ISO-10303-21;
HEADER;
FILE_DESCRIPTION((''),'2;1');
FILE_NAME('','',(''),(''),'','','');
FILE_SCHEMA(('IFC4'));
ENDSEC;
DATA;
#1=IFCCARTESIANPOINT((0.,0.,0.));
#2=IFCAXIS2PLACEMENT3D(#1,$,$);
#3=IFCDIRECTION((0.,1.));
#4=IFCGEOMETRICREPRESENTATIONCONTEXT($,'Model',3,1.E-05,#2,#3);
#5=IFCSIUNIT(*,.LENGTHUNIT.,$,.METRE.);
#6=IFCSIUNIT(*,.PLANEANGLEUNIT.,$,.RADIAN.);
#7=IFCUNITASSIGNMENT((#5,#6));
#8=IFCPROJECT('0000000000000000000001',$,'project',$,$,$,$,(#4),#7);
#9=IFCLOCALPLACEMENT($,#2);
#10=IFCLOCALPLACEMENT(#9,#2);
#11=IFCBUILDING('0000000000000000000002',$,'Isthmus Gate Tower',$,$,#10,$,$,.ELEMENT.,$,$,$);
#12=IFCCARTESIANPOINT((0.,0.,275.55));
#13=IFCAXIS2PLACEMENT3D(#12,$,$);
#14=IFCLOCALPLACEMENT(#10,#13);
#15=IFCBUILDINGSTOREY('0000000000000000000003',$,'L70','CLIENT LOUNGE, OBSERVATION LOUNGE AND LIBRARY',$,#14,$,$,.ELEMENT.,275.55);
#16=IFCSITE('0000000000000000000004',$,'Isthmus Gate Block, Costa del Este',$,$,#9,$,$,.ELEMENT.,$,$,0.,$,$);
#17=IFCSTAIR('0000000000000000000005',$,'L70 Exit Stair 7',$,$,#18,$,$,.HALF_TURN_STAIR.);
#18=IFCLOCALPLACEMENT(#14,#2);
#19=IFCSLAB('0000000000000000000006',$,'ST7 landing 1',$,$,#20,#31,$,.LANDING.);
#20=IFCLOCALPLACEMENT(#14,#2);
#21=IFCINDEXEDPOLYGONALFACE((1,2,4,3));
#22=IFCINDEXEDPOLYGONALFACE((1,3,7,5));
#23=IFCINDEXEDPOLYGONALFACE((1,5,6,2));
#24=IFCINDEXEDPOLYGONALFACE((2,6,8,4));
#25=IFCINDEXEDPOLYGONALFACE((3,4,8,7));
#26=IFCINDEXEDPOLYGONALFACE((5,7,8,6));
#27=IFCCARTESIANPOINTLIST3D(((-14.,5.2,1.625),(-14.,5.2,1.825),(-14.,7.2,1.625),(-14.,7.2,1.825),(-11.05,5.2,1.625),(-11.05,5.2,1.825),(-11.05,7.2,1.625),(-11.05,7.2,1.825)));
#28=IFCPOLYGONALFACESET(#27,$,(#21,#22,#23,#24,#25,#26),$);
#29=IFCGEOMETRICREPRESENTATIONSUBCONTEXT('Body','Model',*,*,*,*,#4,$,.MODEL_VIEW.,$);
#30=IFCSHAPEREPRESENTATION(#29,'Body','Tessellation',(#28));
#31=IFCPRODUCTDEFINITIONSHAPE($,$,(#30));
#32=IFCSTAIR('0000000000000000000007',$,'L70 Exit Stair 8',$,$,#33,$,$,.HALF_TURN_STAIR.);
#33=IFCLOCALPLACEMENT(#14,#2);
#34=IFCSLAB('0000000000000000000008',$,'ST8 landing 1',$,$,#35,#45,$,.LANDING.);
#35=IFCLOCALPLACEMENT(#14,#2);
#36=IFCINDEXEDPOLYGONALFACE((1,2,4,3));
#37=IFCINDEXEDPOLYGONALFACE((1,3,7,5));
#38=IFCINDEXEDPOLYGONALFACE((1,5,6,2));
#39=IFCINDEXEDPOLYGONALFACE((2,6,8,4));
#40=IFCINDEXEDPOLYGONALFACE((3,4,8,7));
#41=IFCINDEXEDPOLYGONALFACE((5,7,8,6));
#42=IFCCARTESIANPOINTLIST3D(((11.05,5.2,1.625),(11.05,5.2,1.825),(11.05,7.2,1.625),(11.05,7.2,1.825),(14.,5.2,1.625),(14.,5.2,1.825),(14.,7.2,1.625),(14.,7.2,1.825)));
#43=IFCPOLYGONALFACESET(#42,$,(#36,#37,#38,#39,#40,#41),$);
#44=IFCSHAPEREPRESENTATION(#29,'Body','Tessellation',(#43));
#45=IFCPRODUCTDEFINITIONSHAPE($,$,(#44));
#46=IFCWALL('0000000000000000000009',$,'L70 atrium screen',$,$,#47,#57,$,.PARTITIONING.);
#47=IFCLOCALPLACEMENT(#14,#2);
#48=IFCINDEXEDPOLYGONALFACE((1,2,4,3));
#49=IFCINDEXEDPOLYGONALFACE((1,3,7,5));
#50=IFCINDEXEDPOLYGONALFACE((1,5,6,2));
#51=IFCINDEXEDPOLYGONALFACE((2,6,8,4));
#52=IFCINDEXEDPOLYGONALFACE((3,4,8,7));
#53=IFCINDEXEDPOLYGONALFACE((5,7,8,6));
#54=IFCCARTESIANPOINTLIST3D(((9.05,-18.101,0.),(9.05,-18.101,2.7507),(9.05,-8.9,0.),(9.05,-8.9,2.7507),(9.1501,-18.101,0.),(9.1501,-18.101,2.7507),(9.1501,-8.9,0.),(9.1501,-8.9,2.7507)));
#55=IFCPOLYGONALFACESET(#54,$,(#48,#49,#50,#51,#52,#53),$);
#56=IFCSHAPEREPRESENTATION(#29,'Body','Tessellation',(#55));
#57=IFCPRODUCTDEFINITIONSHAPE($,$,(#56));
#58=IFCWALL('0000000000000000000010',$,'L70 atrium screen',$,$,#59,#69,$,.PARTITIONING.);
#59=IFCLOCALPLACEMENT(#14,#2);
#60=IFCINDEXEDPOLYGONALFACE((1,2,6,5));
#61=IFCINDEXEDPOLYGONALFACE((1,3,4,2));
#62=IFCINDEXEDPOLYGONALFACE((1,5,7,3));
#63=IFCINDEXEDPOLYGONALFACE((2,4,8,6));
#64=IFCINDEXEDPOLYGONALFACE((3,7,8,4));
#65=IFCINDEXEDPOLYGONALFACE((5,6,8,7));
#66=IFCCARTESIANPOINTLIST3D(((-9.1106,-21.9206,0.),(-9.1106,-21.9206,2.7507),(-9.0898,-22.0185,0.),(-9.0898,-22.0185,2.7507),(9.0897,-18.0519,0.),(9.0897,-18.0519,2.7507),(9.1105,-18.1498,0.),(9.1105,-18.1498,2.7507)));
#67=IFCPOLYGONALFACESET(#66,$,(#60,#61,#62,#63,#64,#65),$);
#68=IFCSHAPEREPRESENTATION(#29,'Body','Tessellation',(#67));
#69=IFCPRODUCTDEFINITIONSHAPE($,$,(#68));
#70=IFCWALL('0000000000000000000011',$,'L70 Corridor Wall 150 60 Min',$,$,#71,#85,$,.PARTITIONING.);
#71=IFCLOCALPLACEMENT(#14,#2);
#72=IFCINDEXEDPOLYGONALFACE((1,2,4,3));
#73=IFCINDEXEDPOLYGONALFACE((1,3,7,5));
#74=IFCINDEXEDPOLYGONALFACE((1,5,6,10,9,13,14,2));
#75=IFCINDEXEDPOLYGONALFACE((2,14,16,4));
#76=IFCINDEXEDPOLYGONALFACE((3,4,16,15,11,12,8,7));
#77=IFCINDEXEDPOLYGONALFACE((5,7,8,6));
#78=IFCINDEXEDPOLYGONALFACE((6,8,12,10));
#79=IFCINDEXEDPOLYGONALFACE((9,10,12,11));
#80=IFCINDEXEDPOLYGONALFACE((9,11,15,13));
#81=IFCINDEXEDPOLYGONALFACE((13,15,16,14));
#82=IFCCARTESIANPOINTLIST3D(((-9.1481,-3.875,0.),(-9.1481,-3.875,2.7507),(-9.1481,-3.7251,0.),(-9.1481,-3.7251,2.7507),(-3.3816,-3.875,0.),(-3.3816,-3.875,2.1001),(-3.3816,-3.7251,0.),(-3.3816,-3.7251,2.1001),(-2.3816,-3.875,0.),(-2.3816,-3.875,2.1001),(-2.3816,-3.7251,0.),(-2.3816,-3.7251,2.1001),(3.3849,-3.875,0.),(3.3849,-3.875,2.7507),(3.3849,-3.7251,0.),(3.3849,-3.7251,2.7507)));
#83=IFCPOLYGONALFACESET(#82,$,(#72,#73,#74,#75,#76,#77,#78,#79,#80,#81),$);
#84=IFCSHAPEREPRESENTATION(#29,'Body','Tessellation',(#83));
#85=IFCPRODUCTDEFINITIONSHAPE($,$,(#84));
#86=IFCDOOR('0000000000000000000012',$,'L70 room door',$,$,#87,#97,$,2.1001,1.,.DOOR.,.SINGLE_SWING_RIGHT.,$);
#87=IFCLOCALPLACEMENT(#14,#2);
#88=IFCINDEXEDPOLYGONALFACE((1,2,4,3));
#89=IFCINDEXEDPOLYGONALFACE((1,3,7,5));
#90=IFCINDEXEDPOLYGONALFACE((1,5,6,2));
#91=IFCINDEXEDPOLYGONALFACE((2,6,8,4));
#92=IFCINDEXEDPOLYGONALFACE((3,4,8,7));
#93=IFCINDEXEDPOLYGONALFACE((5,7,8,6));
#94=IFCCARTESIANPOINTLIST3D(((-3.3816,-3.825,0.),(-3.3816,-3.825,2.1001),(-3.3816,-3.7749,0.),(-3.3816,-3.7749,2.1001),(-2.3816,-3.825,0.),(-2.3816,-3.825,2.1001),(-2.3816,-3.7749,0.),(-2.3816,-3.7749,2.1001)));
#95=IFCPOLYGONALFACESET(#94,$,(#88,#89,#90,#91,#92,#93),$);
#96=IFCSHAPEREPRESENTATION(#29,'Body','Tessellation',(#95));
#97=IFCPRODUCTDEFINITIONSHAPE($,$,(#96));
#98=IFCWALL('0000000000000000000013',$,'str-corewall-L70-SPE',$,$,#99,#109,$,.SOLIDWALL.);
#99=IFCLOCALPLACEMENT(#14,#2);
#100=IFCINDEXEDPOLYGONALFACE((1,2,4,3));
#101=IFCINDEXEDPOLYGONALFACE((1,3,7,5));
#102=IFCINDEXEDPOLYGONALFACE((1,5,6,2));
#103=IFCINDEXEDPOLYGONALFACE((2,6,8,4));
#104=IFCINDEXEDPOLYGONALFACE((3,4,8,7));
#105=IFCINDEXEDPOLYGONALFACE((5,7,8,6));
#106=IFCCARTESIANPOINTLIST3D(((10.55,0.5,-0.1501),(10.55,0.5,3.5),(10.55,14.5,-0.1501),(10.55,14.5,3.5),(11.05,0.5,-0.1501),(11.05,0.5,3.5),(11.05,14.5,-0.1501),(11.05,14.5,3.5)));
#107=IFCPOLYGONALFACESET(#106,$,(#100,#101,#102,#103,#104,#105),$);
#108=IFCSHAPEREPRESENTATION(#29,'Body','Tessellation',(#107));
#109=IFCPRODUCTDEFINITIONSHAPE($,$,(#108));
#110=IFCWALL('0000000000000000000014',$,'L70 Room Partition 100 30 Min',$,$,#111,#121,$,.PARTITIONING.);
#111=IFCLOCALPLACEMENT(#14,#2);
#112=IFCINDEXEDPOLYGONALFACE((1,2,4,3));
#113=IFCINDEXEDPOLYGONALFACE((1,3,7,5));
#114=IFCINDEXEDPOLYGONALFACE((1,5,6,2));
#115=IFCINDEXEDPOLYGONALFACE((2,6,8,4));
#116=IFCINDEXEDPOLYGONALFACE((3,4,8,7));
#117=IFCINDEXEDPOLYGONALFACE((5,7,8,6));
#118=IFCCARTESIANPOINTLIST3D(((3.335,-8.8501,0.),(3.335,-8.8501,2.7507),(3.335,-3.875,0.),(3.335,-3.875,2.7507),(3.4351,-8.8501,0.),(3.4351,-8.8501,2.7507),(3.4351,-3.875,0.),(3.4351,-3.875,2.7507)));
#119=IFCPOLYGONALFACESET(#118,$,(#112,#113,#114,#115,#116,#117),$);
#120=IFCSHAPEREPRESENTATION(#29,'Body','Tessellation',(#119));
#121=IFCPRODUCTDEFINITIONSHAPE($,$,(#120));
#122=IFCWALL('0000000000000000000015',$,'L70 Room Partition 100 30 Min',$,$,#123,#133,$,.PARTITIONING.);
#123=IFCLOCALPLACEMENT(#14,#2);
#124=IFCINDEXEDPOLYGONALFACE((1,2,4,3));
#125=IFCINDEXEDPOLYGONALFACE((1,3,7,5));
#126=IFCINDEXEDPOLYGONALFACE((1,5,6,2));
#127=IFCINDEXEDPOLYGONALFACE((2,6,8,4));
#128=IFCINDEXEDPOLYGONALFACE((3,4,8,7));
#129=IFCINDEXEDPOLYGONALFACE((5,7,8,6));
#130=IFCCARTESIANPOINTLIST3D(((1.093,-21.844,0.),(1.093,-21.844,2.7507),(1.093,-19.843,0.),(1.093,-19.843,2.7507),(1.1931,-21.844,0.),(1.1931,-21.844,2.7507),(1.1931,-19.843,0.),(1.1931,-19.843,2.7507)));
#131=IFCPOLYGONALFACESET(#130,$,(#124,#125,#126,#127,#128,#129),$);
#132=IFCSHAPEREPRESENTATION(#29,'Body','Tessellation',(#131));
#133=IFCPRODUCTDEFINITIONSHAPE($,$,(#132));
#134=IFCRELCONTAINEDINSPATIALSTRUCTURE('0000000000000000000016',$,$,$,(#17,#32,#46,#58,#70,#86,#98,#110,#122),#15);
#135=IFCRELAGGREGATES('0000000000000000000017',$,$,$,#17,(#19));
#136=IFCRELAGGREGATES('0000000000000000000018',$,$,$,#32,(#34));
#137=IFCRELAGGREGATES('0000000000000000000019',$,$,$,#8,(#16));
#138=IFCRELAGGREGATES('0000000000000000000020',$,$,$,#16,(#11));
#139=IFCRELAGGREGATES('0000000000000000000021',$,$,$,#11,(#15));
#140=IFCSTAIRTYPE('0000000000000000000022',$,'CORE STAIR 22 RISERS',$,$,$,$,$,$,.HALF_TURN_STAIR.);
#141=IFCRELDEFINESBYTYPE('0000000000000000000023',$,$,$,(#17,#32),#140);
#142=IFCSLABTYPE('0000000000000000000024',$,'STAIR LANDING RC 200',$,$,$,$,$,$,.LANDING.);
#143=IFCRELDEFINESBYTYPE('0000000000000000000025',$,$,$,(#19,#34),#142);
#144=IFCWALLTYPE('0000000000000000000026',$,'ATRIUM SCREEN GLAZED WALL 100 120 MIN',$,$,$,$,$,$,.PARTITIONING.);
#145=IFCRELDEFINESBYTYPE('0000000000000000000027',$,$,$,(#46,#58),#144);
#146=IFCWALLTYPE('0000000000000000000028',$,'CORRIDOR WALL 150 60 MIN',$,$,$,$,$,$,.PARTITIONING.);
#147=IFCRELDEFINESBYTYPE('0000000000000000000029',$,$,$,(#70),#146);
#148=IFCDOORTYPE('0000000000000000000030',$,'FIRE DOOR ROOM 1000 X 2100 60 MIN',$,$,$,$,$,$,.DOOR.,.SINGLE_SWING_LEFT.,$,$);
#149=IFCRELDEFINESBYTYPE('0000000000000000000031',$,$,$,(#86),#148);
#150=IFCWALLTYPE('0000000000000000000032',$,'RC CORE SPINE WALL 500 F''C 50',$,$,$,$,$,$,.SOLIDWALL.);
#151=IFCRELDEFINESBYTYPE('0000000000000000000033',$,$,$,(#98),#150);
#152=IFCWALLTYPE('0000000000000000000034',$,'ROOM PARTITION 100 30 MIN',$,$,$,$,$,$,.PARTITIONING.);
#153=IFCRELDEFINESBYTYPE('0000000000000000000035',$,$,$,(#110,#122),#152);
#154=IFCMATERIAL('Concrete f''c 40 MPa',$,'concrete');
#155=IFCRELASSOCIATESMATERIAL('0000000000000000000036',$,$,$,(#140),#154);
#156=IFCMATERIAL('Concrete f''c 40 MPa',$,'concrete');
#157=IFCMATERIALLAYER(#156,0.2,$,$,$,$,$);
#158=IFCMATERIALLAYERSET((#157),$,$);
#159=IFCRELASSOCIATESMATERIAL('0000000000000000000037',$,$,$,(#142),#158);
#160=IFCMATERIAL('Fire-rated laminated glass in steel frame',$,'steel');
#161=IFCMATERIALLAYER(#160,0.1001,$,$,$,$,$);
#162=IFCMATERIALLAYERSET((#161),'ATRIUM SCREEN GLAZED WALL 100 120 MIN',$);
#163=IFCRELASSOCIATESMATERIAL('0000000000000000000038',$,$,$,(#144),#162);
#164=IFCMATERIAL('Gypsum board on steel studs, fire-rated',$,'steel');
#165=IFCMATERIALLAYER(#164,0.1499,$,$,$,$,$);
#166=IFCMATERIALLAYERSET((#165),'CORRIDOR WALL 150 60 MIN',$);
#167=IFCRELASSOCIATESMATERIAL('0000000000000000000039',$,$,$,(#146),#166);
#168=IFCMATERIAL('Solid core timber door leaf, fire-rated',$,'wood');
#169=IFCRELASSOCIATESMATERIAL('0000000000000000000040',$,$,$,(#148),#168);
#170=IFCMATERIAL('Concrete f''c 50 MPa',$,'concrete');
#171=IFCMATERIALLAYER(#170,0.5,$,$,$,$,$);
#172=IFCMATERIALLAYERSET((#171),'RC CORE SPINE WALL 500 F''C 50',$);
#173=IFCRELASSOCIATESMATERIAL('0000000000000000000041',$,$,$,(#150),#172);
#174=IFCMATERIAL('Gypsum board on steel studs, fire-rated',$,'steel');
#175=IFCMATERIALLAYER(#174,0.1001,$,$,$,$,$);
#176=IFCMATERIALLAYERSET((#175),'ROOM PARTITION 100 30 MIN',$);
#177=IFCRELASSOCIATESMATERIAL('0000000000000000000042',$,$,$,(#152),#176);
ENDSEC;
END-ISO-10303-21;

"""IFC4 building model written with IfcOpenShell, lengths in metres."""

from ifc_helpers import new_model, si_unit, direction, frame, frame_2d, origin, place, context, subcontext, project, spatial, polyline, rectangle, outline, extrude, material, layer, layer_set, type_object, element, fill, aggregate, save


model = new_model("IFC4")

# Units and contexts
model_context = context("Model", 3, precision=1e-05, world=origin(), true_north=direction((0.0, 1.0)))
body_context = subcontext(model_context, "Body", "Model", "MODEL_VIEW")
ifc_project = project(units=[si_unit("LENGTHUNIT", "METRE"), si_unit("PLANEANGLEUNIT", "RADIAN")], contexts=[model_context])

# Site, building, storey
site_placement = place(None, origin())
site = spatial("IfcSite", under=ifc_project, at=site_placement, Name="Isthmus Gate Block, Costa del Este", CompositionType="ELEMENT", RefElevation=0.0)
building_placement = place(site_placement, origin())
building = spatial("IfcBuilding", under=site, at=building_placement, Name="Isthmus Gate Tower", CompositionType="ELEMENT")
storey_placement = place(building_placement, frame((0.0, 0.0, 275.55)))
storey = spatial("IfcBuildingStorey", under=building, at=storey_placement, Name="L70", Description="CLIENT LOUNGE, OBSERVATION LOUNGE AND LIBRARY", CompositionType="ELEMENT", Elevation=275.55)

# Stairs, slabs
ifc_material_1 = material(Name="Concrete f'c 40 MPa", Category="concrete")
stair_type = type_object("IfcStairType", Name="CORE STAIR 22 RISERS", PredefinedType="HALF_TURN_STAIR", material=ifc_material_1)
ifc_material_2 = material(Name="Concrete f'c 40 MPa", Category="concrete")
ifc_layer_1 = layer(ifc_material_2, 0.2)
ifc_layer_set_1 = layer_set([ifc_layer_1])
slab_type_1 = type_object("IfcSlabType", Name="STAIR LANDING RC 200", PredefinedType="LANDING", material=ifc_layer_set_1)
stair_1_placement = place(storey_placement, origin())
stair_1 = element("IfcStair", 1, at=stair_1_placement, inside=storey, type_object=stair_type, Name="L70 Exit Stair 7", PredefinedType="HALF_TURN_STAIR")
slab_1_placement = place(storey_placement, frame((0.0, 0.0, 1.625)))
slab_1 = element("IfcSlab", 2, at=slab_1_placement, type_object=slab_type_1, Name="ST7 landing 1", PredefinedType="LANDING", context=body_context, shape_type="SweptSolid", body=[
    extrude(outline(polyline([(-11.05, 5.2), (-11.05, 7.2), (-14.0, 7.2), (-14.0, 5.2), (-11.05, 5.2)])), origin(), (0.0, 0.0, 1.0), 0.2),
])
aggregate(stair_1, [slab_1])
stair_2_placement = place(storey_placement, origin())
stair_2 = element("IfcStair", 3, at=stair_2_placement, inside=storey, type_object=stair_type, Name="L70 Exit Stair 8", PredefinedType="HALF_TURN_STAIR")
slab_2_placement = place(storey_placement, frame((0.0, 0.0, 1.625)))
slab_2 = element("IfcSlab", 4, at=slab_2_placement, type_object=slab_type_1, Name="ST8 landing 1", PredefinedType="LANDING", context=body_context, shape_type="SweptSolid", body=[
    extrude(outline(polyline([(14.0, 5.2), (14.0, 7.2), (11.05, 7.2), (11.05, 5.2), (14.0, 5.2)])), origin(), (0.0, 0.0, 1.0), 0.2),
])
aggregate(stair_2, [slab_2])

# Walls
ifc_material_3 = material(Name="Fire-rated laminated glass in steel frame", Category="steel")
ifc_layer_2 = layer(ifc_material_3, 0.1001)
ifc_layer_set_2 = layer_set([ifc_layer_2], Name="ATRIUM SCREEN GLAZED WALL 100 120 MIN")
wall_type_1 = type_object("IfcWallType", Name="ATRIUM SCREEN GLAZED WALL 100 120 MIN", PredefinedType="PARTITIONING", material=ifc_layer_set_2)
wall_1_placement = place(storey_placement, frame((9.1001, -8.8999, 0.0), z_axis=(0.0, 0.0, 1.0), x_axis=(0.0, -1.0, 0.0)))
element("IfcWall", 5, at=wall_1_placement, inside=storey, type_object=wall_type_1, Name="L70 atrium screen", PredefinedType="PARTITIONING", context=body_context, shape_type="SweptSolid", body=[
    extrude(rectangle(XDim=9.2009, YDim=0.1001, at=frame_2d((4.6006, 0.0))), origin(), (0.0, 0.0, 1.0), 2.7507),
])
wall_2_placement = place(storey_placement, frame((9.1001, -18.1008, 0.0), z_axis=(0.0, 0.0, 1.0), x_axis=(-0.978147, -0.207916, 0.0)))
element("IfcWall", 6, at=wall_2_placement, inside=storey, type_object=wall_type_1, Name="L70 atrium screen", PredefinedType="PARTITIONING", context=body_context, shape_type="SweptSolid", body=[
    extrude(rectangle(XDim=18.6069, YDim=0.1001, at=frame_2d((9.3035, 0.0))), origin(), (0.0, 0.0, 1.0), 2.7507),
])

# Wall, opening, door
ifc_material_4 = material(Name="Gypsum board on steel studs, fire-rated", Category="steel")
ifc_layer_3 = layer(ifc_material_4, 0.1499)
ifc_layer_set_3 = layer_set([ifc_layer_3], Name="CORRIDOR WALL 150 60 MIN")
wall_type_2 = type_object("IfcWallType", Name="CORRIDOR WALL 150 60 MIN", PredefinedType="PARTITIONING", material=ifc_layer_set_3)
wall_3_placement = place(storey_placement, frame((3.385, -3.8, 0.0), z_axis=(0.0, 0.0, 1.0), x_axis=(-1.0, 0.0, 0.0)))
wall_3 = element("IfcWall", 7, at=wall_3_placement, inside=storey, type_object=wall_type_2, Name="L70 Corridor Wall 150 60 Min", PredefinedType="PARTITIONING", context=body_context, shape_type="SweptSolid", body=[
    extrude(rectangle(XDim=12.533, YDim=0.1499, at=frame_2d((6.2666, 0.0))), origin(), (0.0, 0.0, 1.0), 2.7507),
])
opening_placement = place(wall_3_placement, frame((5.7666, 0.0, 0.0)))
opening = element("IfcOpeningElement", 8, at=opening_placement, cuts=wall_3, PredefinedType="OPENING", context=body_context, shape_type="SweptSolid", body=[
    extrude(rectangle(XDim=1.0, YDim=2.1001, at=frame_2d((0.5, 1.05))), frame((0.0, 0.085, 0.0), z_axis=(0.0, -1.0, 0.0), x_axis=(1.0, 0.0, 0.0)), (0.0, 0.0, 1.0), 0.1699),
])
ifc_material_5 = material(Name="Solid core timber door leaf, fire-rated", Category="wood")
door_type = type_object("IfcDoorType", Name="FIRE DOOR ROOM 1000 X 2100 60 MIN", OperationType="SINGLE_SWING_LEFT", PredefinedType="DOOR", material=ifc_material_5)
door_placement = place(opening_placement, origin())
door = element("IfcDoor", 9, at=door_placement, inside=storey, type_object=door_type, Name="L70 room door", OperationType="SINGLE_SWING_RIGHT", OverallHeight=2.1001, OverallWidth=1.0, PredefinedType="DOOR", context=body_context, shape_type="SweptSolid", body=[
    extrude(rectangle(XDim=1.0, YDim=2.1001, at=frame_2d((0.5, 1.05))), frame((0.0, 0.0249, 0.0), z_axis=(0.0, -1.0, 0.0), x_axis=(1.0, 0.0, 0.0)), (0.0, 0.0, 1.0), 0.05),
])
fill(opening, door)

# Walls
ifc_material_6 = material(Name="Concrete f'c 50 MPa", Category="concrete")
ifc_layer_4 = layer(ifc_material_6, 0.5)
ifc_layer_set_4 = layer_set([ifc_layer_4], Name="RC CORE SPINE WALL 500 F'C 50")
wall_type_3 = type_object("IfcWallType", Name="RC CORE SPINE WALL 500 F'C 50", PredefinedType="SOLIDWALL", material=ifc_layer_set_4)
wall_4_placement = place(storey_placement, frame((10.8, 0.5, -0.1501), z_axis=(0.0, 0.0, 1.0), x_axis=(0.0, 1.0, 0.0)))
element("IfcWall", 10, at=wall_4_placement, inside=storey, type_object=wall_type_3, Name="str-corewall-L70-SPE", PredefinedType="SOLIDWALL", context=body_context, shape_type="SweptSolid", body=[
    extrude(rectangle(XDim=14.0, YDim=0.5, at=frame_2d((7.0, 0.0))), origin(), (0.0, 0.0, 1.0), 3.6501),
])
ifc_material_7 = material(Name="Gypsum board on steel studs, fire-rated", Category="steel")
ifc_layer_5 = layer(ifc_material_7, 0.1001)
ifc_layer_set_5 = layer_set([ifc_layer_5], Name="ROOM PARTITION 100 30 MIN")
wall_type_4 = type_object("IfcWallType", Name="ROOM PARTITION 100 30 MIN", PredefinedType="PARTITIONING", material=ifc_layer_set_5)
wall_5_placement = place(storey_placement, frame((3.385, -8.8501, 0.0), z_axis=(0.0, 0.0, 1.0), x_axis=(0.0, 1.0, 0.0)))
element("IfcWall", 11, at=wall_5_placement, inside=storey, type_object=wall_type_4, Name="L70 Room Partition 100 30 Min", PredefinedType="PARTITIONING", context=body_context, shape_type="SweptSolid", body=[
    extrude(rectangle(XDim=4.9751, YDim=0.1001, at=frame_2d((2.4875, 0.0))), origin(), (0.0, 0.0, 1.0), 2.7507),
])
wall_6_placement = place(storey_placement, frame((1.1431, -21.844, 0.0), z_axis=(0.0, 0.0, 1.0), x_axis=(0.0, 1.0, 0.0)))
element("IfcWall", 12, at=wall_6_placement, inside=storey, type_object=wall_type_4, Name="L70 Room Partition 100 30 Min", PredefinedType="PARTITIONING", context=body_context, shape_type="SweptSolid", body=[
    extrude(rectangle(XDim=2.001, YDim=0.1001, at=frame_2d((1.0005, 0.0))), origin(), (0.0, 0.0, 1.0), 2.7507),
])

save(model, "model.ifc")
